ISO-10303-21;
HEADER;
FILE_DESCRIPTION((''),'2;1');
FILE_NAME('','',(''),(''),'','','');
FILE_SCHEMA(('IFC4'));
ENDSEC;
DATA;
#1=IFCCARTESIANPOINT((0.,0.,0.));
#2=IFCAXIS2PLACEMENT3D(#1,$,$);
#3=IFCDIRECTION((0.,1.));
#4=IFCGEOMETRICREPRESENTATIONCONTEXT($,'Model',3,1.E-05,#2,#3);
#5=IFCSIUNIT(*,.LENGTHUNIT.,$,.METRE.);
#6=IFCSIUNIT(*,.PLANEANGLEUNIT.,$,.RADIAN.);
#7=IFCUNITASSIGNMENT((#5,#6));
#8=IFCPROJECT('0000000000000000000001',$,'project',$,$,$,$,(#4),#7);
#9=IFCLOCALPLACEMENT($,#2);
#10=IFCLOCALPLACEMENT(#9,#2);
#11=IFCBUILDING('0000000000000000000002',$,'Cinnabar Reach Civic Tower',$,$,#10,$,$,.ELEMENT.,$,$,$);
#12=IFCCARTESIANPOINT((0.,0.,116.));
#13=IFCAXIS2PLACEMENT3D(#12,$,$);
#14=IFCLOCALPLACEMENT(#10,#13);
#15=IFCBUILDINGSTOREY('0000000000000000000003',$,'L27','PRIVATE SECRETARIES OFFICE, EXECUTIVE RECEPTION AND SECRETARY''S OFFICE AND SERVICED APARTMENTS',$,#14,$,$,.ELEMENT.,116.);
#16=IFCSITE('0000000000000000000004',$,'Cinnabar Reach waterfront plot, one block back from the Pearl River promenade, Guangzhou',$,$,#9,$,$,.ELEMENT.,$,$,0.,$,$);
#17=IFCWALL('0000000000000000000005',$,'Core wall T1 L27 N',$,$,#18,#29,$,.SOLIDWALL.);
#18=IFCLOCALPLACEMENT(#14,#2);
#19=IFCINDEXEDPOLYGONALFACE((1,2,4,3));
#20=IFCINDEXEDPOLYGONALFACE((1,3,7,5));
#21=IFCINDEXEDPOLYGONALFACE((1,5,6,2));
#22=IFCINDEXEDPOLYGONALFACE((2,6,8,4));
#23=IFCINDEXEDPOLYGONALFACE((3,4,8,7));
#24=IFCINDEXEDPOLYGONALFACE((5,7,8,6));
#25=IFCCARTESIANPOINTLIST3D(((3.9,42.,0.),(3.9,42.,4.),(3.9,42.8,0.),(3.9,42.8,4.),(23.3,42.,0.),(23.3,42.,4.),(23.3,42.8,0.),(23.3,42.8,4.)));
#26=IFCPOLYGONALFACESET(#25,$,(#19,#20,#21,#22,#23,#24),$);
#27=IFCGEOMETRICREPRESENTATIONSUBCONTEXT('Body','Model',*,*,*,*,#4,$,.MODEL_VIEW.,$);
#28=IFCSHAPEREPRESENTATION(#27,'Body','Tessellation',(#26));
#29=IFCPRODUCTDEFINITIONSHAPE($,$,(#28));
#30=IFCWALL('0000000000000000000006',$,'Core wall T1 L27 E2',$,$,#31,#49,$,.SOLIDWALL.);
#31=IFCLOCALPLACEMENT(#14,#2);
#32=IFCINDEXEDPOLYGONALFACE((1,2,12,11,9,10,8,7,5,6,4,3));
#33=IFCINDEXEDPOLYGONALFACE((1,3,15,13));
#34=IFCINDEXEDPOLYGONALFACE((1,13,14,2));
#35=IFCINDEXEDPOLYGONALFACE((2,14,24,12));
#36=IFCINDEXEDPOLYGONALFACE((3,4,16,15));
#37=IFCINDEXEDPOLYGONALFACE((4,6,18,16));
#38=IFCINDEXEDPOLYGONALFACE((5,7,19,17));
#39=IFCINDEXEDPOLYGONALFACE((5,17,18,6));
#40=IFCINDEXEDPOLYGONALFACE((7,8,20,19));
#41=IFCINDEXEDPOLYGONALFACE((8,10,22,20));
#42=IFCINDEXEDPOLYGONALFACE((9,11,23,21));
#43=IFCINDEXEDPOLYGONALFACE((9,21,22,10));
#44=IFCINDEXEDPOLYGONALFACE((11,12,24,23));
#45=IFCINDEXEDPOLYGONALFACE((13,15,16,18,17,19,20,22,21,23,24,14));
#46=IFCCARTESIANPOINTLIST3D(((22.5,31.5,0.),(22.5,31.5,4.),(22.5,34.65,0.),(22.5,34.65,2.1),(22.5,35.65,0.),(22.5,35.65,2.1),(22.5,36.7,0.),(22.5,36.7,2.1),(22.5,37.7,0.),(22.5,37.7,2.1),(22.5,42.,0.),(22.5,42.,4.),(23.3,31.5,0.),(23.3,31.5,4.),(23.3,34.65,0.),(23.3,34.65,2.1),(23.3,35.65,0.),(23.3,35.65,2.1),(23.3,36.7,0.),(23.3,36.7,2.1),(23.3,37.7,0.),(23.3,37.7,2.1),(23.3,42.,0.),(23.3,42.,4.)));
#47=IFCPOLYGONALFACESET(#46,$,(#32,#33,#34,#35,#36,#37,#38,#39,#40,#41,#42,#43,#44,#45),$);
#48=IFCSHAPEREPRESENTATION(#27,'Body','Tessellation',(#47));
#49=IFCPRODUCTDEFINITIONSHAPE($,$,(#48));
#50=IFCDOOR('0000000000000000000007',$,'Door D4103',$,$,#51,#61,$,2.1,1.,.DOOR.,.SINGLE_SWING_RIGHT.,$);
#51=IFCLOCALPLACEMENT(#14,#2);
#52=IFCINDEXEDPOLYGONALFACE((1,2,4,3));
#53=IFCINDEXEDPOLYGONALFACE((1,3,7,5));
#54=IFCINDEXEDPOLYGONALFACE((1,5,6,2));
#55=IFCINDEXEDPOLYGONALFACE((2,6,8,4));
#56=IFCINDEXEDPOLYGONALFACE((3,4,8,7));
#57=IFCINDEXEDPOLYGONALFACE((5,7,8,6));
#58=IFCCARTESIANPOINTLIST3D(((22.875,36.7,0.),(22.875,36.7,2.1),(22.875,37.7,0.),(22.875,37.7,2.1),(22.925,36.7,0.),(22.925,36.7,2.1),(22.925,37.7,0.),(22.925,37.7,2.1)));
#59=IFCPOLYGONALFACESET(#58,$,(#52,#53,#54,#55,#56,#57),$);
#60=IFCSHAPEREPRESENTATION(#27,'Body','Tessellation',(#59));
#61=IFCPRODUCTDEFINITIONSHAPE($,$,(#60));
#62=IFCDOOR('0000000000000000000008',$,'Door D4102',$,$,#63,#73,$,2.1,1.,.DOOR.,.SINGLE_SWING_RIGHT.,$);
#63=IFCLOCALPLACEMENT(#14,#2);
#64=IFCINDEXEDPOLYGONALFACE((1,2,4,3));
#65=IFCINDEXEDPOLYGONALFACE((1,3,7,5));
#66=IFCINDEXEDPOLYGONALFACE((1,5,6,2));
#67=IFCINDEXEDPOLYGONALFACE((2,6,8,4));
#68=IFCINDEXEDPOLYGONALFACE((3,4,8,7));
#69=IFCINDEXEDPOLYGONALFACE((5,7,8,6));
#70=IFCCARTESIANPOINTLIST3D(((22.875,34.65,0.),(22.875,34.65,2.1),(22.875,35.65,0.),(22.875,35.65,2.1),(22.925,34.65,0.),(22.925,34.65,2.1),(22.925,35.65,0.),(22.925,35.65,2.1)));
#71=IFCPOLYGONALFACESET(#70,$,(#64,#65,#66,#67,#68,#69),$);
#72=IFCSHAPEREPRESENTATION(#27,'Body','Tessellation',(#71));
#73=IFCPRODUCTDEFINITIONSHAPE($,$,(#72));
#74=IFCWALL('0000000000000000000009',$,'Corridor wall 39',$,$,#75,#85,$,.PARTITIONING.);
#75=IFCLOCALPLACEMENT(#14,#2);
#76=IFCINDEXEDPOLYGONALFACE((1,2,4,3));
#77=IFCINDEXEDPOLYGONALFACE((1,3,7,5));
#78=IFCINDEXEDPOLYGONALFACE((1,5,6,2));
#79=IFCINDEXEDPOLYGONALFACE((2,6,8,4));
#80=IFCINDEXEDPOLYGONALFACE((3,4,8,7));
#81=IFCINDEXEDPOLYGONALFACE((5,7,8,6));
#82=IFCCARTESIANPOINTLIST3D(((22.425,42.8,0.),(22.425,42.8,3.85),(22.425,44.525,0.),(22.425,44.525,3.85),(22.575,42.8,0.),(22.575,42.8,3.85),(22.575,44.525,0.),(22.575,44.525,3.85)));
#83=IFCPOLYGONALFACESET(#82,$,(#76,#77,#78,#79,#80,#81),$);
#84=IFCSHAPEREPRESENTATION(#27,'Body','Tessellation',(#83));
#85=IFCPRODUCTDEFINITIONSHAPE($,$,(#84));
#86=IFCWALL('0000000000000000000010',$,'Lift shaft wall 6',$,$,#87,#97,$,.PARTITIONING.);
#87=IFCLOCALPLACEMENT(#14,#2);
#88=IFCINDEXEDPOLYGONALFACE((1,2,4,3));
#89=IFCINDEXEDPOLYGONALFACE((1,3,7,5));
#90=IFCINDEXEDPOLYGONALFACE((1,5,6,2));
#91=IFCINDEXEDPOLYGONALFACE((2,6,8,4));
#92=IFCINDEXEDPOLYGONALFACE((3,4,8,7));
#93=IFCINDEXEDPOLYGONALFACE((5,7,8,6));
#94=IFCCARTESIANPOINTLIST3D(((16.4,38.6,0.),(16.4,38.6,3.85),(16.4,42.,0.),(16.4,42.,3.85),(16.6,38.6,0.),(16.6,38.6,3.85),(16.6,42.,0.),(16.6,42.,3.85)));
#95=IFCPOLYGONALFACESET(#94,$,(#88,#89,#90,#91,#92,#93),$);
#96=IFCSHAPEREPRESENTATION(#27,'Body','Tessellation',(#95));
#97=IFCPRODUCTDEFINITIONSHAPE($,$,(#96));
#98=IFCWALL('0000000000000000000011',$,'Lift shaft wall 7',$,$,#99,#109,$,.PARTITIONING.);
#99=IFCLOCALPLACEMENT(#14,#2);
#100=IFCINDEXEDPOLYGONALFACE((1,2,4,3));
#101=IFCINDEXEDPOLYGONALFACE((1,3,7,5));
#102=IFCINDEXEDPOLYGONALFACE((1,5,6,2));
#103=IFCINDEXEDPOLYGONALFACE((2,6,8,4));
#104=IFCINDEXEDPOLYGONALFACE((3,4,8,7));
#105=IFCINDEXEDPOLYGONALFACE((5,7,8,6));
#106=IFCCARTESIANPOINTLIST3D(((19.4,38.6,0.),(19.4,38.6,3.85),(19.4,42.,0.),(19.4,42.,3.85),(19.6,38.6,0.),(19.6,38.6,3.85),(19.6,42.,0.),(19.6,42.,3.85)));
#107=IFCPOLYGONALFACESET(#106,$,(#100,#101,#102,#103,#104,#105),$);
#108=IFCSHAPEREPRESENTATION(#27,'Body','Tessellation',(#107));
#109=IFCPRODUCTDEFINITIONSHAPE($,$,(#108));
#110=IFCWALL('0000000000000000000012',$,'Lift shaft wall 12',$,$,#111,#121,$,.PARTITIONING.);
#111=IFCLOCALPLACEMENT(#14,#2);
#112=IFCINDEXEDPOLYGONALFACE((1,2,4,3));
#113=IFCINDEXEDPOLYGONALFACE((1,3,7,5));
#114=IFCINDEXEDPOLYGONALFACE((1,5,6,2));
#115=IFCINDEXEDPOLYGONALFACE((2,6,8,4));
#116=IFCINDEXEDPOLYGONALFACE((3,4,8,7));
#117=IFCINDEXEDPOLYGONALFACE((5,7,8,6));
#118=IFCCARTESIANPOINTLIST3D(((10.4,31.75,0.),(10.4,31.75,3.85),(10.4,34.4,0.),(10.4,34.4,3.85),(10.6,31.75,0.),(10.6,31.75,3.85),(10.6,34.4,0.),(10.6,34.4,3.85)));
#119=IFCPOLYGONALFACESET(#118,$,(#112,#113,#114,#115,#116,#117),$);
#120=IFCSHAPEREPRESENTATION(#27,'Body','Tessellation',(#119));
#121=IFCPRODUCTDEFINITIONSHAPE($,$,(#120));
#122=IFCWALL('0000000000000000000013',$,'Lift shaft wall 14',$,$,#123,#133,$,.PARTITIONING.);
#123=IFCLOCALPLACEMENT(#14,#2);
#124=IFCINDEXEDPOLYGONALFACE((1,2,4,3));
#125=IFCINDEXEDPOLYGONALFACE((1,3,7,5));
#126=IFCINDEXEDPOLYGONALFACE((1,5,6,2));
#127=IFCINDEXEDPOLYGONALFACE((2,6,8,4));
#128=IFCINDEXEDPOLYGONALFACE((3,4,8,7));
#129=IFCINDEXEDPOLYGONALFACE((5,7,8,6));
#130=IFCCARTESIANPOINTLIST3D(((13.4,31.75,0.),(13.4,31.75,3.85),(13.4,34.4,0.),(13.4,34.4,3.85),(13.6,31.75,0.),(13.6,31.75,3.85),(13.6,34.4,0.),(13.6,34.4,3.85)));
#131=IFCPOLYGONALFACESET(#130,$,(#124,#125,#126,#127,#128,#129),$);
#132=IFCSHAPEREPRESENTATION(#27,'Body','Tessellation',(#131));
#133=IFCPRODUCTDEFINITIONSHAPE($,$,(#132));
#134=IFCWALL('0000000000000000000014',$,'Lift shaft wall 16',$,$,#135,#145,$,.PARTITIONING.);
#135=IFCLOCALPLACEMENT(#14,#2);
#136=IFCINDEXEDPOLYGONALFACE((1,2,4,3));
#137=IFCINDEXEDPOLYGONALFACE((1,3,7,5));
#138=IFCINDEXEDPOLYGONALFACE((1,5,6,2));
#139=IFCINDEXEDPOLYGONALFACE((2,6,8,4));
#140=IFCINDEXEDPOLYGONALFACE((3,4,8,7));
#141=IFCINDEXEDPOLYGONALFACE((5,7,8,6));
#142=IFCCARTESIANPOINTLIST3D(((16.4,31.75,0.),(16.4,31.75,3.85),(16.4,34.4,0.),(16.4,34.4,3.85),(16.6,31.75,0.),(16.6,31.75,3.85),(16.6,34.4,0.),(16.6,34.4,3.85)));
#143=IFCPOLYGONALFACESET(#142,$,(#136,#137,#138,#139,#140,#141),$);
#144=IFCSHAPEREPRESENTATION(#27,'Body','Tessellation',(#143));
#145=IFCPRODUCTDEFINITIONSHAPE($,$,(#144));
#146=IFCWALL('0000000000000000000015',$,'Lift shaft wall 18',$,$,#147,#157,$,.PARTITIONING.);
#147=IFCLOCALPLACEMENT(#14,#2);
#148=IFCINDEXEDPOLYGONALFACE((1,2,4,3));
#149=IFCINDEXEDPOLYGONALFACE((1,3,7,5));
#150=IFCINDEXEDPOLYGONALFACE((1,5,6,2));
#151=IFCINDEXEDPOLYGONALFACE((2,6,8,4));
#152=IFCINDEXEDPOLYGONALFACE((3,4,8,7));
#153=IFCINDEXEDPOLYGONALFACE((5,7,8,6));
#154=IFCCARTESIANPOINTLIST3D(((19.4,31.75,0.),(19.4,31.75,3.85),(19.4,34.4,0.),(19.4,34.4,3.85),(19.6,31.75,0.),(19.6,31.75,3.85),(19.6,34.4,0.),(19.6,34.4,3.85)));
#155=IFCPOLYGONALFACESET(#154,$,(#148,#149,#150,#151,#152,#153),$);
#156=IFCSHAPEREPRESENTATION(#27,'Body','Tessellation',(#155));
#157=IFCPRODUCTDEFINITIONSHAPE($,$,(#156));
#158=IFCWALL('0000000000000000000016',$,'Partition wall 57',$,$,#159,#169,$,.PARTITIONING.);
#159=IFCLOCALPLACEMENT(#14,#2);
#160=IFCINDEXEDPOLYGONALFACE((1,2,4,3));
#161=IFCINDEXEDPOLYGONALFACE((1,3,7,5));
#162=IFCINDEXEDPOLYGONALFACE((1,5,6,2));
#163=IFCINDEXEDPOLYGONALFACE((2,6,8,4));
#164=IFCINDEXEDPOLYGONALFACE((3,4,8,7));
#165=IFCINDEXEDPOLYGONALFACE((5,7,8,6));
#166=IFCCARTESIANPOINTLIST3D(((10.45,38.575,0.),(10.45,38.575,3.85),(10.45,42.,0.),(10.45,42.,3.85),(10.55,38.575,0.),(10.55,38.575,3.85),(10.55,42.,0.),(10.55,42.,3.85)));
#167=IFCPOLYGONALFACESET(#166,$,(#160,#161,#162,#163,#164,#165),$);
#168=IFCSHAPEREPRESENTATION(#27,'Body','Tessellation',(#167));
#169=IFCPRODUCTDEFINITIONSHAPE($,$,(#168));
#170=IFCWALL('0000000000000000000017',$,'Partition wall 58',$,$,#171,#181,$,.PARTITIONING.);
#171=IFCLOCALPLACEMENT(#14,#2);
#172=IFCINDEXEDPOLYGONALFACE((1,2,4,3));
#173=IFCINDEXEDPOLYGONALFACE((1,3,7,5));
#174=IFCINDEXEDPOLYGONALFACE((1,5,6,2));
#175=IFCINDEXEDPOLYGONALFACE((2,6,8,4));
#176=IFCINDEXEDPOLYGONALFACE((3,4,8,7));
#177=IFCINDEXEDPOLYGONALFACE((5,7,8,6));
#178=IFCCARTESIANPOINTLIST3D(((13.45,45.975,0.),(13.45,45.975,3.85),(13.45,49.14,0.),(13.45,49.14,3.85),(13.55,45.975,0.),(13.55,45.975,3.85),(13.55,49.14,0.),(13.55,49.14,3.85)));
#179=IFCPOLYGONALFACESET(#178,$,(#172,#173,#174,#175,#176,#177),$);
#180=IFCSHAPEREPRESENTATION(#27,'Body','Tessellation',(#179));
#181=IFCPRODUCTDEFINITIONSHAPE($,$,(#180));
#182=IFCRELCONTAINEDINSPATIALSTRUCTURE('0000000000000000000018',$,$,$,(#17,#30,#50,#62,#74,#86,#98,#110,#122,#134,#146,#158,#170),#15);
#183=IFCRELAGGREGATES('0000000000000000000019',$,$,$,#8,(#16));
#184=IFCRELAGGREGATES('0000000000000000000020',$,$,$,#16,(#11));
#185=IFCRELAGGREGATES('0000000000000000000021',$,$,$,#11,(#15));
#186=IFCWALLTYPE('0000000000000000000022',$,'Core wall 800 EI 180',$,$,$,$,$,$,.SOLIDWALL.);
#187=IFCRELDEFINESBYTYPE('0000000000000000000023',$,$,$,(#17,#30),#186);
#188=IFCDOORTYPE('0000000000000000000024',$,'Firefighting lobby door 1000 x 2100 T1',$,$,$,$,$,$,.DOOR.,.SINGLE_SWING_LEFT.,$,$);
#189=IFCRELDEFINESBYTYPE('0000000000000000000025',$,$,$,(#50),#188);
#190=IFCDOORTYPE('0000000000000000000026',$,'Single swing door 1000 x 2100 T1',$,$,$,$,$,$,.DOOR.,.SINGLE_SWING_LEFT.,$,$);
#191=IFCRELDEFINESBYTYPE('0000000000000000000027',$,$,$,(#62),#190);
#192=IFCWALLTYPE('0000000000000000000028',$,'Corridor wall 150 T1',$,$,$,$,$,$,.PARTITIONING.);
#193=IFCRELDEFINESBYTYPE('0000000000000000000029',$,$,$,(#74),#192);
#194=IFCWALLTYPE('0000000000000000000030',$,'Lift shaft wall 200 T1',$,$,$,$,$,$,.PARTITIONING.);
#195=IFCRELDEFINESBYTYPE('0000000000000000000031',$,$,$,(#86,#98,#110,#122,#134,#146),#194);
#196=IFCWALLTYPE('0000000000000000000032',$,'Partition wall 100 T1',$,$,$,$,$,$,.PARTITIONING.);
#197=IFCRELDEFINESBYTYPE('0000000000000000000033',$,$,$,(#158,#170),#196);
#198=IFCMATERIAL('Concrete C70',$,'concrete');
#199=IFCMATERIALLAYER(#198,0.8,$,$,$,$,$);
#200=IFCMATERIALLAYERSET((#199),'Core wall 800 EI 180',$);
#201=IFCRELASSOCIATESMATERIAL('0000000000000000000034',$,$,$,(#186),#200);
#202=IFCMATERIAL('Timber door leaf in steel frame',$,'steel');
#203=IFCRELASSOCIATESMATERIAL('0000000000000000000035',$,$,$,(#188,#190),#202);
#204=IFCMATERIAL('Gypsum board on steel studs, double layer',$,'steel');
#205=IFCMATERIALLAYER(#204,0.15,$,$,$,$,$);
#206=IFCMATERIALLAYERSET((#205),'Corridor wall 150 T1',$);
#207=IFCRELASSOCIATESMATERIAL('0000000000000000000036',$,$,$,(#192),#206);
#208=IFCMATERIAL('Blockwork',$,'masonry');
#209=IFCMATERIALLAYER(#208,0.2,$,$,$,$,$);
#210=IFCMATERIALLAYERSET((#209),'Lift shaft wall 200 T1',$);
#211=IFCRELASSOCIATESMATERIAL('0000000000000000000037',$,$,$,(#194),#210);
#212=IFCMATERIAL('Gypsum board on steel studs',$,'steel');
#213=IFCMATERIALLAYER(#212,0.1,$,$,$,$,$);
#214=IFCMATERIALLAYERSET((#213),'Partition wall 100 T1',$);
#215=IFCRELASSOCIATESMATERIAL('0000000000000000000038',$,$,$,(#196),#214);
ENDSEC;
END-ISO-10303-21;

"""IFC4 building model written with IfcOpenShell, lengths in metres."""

from ifc_helpers import new_model, si_unit, direction, frame, frame_2d, origin, place, context, subcontext, project, spatial, rectangle, extrude, material, layer, layer_set, type_object, element, fill, save


model = new_model("IFC4")

# Units and contexts
model_context = context("Model", 3, precision=1e-05, world=origin(), true_north=direction((0.0, 1.0)))
body_context = subcontext(model_context, "Body", "Model", "MODEL_VIEW")
ifc_project = project(units=[si_unit("LENGTHUNIT", "METRE"), si_unit("PLANEANGLEUNIT", "RADIAN")], contexts=[model_context])

# Site, building, storey
site_placement = place(None, origin())
site = spatial("IfcSite", under=ifc_project, at=site_placement, Name="Cinnabar Reach waterfront plot, one block back from the Pearl River promenade, Guangzhou", CompositionType="ELEMENT", RefElevation=0.0)
building_placement = place(site_placement, origin())
building = spatial("IfcBuilding", under=site, at=building_placement, Name="Cinnabar Reach Civic Tower", CompositionType="ELEMENT")
storey_placement = place(building_placement, frame((0.0, 0.0, 116.0)))
storey = spatial("IfcBuildingStorey", under=building, at=storey_placement, Name="L27", Description="PRIVATE SECRETARIES OFFICE, EXECUTIVE RECEPTION AND SECRETARY'S OFFICE AND SERVICED APARTMENTS", CompositionType="ELEMENT", Elevation=116.0)

# Shared definitions
ifc_material_1 = material(Name="Concrete C70", Category="concrete")

# Wall
ifc_layer_1 = layer(ifc_material_1, 0.8)
ifc_layer_set_1 = layer_set([ifc_layer_1], Name="Core wall 800 EI 180")
wall_type_1 = type_object("IfcWallType", Name="Core wall 800 EI 180", PredefinedType="SOLIDWALL", material=ifc_layer_set_1)
wall_1_placement = place(storey_placement, frame((23.3, 42.4, 0.0), z_axis=(0.0, 0.0, 1.0), x_axis=(-1.0, 0.0, 0.0)))
element("IfcWall", 1, at=wall_1_placement, inside=storey, type_object=wall_type_1, Name="Core wall T1 L27 N", PredefinedType="SOLIDWALL", context=body_context, shape_type="SweptSolid", body=[
    extrude(rectangle(XDim=19.4, YDim=0.8, at=frame_2d((9.7, 0.0))), origin(), (0.0, 0.0, 1.0), 4.0),
])

# Wall, openings, doors
wall_2_placement = place(storey_placement, frame((22.9, 31.5, 0.0), z_axis=(0.0, 0.0, 1.0), x_axis=(0.0, 1.0, 0.0)))
wall_2 = element("IfcWall", 2, at=wall_2_placement, inside=storey, type_object=wall_type_1, Name="Core wall T1 L27 E2", PredefinedType="SOLIDWALL", context=body_context, shape_type="SweptSolid", body=[
    extrude(rectangle(XDim=10.5, YDim=0.8, at=frame_2d((5.25, 0.0))), origin(), (0.0, 0.0, 1.0), 4.0),
])
opening_1_placement = place(wall_2_placement, frame((3.15, 0.0, 0.0)))
opening_1 = element("IfcOpeningElement", 3, at=opening_1_placement, cuts=wall_2, PredefinedType="OPENING", context=body_context, shape_type="SweptSolid", body=[
    extrude(rectangle(XDim=1.0, YDim=2.1, at=frame_2d((0.5, 1.05))), frame((0.0, 0.41, 0.0), z_axis=(0.0, -1.0, 0.0), x_axis=(1.0, 0.0, 0.0)), (0.0, 0.0, 1.0), 0.82),
])
opening_2_placement = place(wall_2_placement, frame((5.2, 0.0, 0.0)))
opening_2 = element("IfcOpeningElement", 4, at=opening_2_placement, cuts=wall_2, PredefinedType="OPENING", context=body_context, shape_type="SweptSolid", body=[
    extrude(rectangle(XDim=1.0, YDim=2.1, at=frame_2d((0.5, 1.05))), frame((0.0, 0.41, 0.0), z_axis=(0.0, -1.0, 0.0), x_axis=(1.0, 0.0, 0.0)), (0.0, 0.0, 1.0), 0.82),
])
ifc_material_2 = material(Name="Timber door leaf in steel frame", Category="steel")
door_type_1 = type_object("IfcDoorType", Name="Firefighting lobby door 1000 x 2100 T1", OperationType="SINGLE_SWING_LEFT", PredefinedType="DOOR", material=ifc_material_2)
door_1_placement = place(opening_2_placement, origin())
door_1 = element("IfcDoor", 5, at=door_1_placement, inside=storey, type_object=door_type_1, Name="Door D4103", OperationType="SINGLE_SWING_RIGHT", OverallHeight=2.1, OverallWidth=1.0, PredefinedType="DOOR", context=body_context, shape_type="SweptSolid", body=[
    extrude(rectangle(XDim=1.0, YDim=2.1, at=frame_2d((0.5, 1.05))), frame((0.0, 0.025, 0.0), z_axis=(0.0, -1.0, 0.0), x_axis=(1.0, 0.0, 0.0)), (0.0, 0.0, 1.0), 0.05),
])
fill(opening_2, door_1)
door_type_2 = type_object("IfcDoorType", Name="Single swing door 1000 x 2100 T1", OperationType="SINGLE_SWING_LEFT", PredefinedType="DOOR", material=ifc_material_2)
door_2_placement = place(opening_1_placement, origin())
door_2 = element("IfcDoor", 6, at=door_2_placement, inside=storey, type_object=door_type_2, Name="Door D4102", OperationType="SINGLE_SWING_RIGHT", OverallHeight=2.1, OverallWidth=1.0, PredefinedType="DOOR", context=body_context, shape_type="SweptSolid", body=[
    extrude(rectangle(XDim=1.0, YDim=2.1, at=frame_2d((0.5, 1.05))), frame((0.0, 0.025, 0.0), z_axis=(0.0, -1.0, 0.0), x_axis=(1.0, 0.0, 0.0)), (0.0, 0.0, 1.0), 0.05),
])
fill(opening_1, door_2)

# Walls
ifc_material_3 = material(Name="Gypsum board on steel studs, double layer", Category="steel")
ifc_layer_2 = layer(ifc_material_3, 0.15)
ifc_layer_set_2 = layer_set([ifc_layer_2], Name="Corridor wall 150 T1")
wall_type_2 = type_object("IfcWallType", Name="Corridor wall 150 T1", PredefinedType="PARTITIONING", material=ifc_layer_set_2)
wall_3_placement = place(storey_placement, frame((22.5, 42.8, 0.0), z_axis=(0.0, 0.0, 1.0), x_axis=(0.0, 1.0, 0.0)))
element("IfcWall", 7, at=wall_3_placement, inside=storey, type_object=wall_type_2, Name="Corridor wall 39", PredefinedType="PARTITIONING", context=body_context, shape_type="SweptSolid", body=[
    extrude(rectangle(XDim=1.725, YDim=0.15, at=frame_2d((0.8625, 0.0))), origin(), (0.0, 0.0, 1.0), 3.85),
])
ifc_material_4 = material(Name="Blockwork", Category="masonry")
ifc_layer_3 = layer(ifc_material_4, 0.2)
ifc_layer_set_3 = layer_set([ifc_layer_3], Name="Lift shaft wall 200 T1")
wall_type_3 = type_object("IfcWallType", Name="Lift shaft wall 200 T1", PredefinedType="PARTITIONING", material=ifc_layer_set_3)
for number, where, z_axis, x_axis, name in (
    (8, (16.5, 38.6, 0.0), (0.0, 0.0, 1.0), (0.0, 1.0, 0.0), "Lift shaft wall 6"),
    (9, (19.5, 38.6, 0.0), (0.0, 0.0, 1.0), (0.0, 1.0, 0.0), "Lift shaft wall 7"),
):
    element("IfcWall", number, at=place(storey_placement, frame(where, z_axis=z_axis, x_axis=x_axis)), inside=storey, type_object=wall_type_3, Name=name, PredefinedType="PARTITIONING", context=body_context, shape_type="SweptSolid", body=[
        extrude(rectangle(XDim=3.4, YDim=0.2, at=frame_2d((1.7, 0.0))), origin(), (0.0, 0.0, 1.0), 3.85),
    ])
for number, where, z_axis, x_axis, name in (
    (10, (10.5, 31.75, 0.0), (0.0, 0.0, 1.0), (0.0, 1.0, 0.0), "Lift shaft wall 12"),
    (11, (13.5, 31.75, 0.0), (0.0, 0.0, 1.0), (0.0, 1.0, 0.0), "Lift shaft wall 14"),
    (12, (16.5, 31.75, 0.0), (0.0, 0.0, 1.0), (0.0, 1.0, 0.0), "Lift shaft wall 16"),
    (13, (19.5, 31.75, 0.0), (0.0, 0.0, 1.0), (0.0, 1.0, 0.0), "Lift shaft wall 18"),
):
    element("IfcWall", number, at=place(storey_placement, frame(where, z_axis=z_axis, x_axis=x_axis)), inside=storey, type_object=wall_type_3, Name=name, PredefinedType="PARTITIONING", context=body_context, shape_type="SweptSolid", body=[
        extrude(rectangle(XDim=2.65, YDim=0.2, at=frame_2d((1.325, 0.0))), origin(), (0.0, 0.0, 1.0), 3.85),
    ])
ifc_material_5 = material(Name="Gypsum board on steel studs", Category="steel")
ifc_layer_4 = layer(ifc_material_5, 0.1)
ifc_layer_set_4 = layer_set([ifc_layer_4], Name="Partition wall 100 T1")
wall_type_4 = type_object("IfcWallType", Name="Partition wall 100 T1", PredefinedType="PARTITIONING", material=ifc_layer_set_4)
wall_4_placement = place(storey_placement, frame((10.5, 38.575, 0.0), z_axis=(0.0, 0.0, 1.0), x_axis=(0.0, 1.0, 0.0)))
element("IfcWall", 14, at=wall_4_placement, inside=storey, type_object=wall_type_4, Name="Partition wall 57", PredefinedType="PARTITIONING", context=body_context, shape_type="SweptSolid", body=[
    extrude(rectangle(XDim=3.425, YDim=0.1, at=frame_2d((1.7125, 0.0))), origin(), (0.0, 0.0, 1.0), 3.85),
])
wall_5_placement = place(storey_placement, frame((13.5, 45.975, 0.0), z_axis=(0.0, 0.0, 1.0), x_axis=(0.0, 1.0, 0.0)))
element("IfcWall", 15, at=wall_5_placement, inside=storey, type_object=wall_type_4, Name="Partition wall 58", PredefinedType="PARTITIONING", context=body_context, shape_type="SweptSolid", body=[
    extrude(rectangle(XDim=3.165, YDim=0.1, at=frame_2d((1.5825, 0.0))), origin(), (0.0, 0.0, 1.0), 3.85),
])

save(model, "model.ifc")
